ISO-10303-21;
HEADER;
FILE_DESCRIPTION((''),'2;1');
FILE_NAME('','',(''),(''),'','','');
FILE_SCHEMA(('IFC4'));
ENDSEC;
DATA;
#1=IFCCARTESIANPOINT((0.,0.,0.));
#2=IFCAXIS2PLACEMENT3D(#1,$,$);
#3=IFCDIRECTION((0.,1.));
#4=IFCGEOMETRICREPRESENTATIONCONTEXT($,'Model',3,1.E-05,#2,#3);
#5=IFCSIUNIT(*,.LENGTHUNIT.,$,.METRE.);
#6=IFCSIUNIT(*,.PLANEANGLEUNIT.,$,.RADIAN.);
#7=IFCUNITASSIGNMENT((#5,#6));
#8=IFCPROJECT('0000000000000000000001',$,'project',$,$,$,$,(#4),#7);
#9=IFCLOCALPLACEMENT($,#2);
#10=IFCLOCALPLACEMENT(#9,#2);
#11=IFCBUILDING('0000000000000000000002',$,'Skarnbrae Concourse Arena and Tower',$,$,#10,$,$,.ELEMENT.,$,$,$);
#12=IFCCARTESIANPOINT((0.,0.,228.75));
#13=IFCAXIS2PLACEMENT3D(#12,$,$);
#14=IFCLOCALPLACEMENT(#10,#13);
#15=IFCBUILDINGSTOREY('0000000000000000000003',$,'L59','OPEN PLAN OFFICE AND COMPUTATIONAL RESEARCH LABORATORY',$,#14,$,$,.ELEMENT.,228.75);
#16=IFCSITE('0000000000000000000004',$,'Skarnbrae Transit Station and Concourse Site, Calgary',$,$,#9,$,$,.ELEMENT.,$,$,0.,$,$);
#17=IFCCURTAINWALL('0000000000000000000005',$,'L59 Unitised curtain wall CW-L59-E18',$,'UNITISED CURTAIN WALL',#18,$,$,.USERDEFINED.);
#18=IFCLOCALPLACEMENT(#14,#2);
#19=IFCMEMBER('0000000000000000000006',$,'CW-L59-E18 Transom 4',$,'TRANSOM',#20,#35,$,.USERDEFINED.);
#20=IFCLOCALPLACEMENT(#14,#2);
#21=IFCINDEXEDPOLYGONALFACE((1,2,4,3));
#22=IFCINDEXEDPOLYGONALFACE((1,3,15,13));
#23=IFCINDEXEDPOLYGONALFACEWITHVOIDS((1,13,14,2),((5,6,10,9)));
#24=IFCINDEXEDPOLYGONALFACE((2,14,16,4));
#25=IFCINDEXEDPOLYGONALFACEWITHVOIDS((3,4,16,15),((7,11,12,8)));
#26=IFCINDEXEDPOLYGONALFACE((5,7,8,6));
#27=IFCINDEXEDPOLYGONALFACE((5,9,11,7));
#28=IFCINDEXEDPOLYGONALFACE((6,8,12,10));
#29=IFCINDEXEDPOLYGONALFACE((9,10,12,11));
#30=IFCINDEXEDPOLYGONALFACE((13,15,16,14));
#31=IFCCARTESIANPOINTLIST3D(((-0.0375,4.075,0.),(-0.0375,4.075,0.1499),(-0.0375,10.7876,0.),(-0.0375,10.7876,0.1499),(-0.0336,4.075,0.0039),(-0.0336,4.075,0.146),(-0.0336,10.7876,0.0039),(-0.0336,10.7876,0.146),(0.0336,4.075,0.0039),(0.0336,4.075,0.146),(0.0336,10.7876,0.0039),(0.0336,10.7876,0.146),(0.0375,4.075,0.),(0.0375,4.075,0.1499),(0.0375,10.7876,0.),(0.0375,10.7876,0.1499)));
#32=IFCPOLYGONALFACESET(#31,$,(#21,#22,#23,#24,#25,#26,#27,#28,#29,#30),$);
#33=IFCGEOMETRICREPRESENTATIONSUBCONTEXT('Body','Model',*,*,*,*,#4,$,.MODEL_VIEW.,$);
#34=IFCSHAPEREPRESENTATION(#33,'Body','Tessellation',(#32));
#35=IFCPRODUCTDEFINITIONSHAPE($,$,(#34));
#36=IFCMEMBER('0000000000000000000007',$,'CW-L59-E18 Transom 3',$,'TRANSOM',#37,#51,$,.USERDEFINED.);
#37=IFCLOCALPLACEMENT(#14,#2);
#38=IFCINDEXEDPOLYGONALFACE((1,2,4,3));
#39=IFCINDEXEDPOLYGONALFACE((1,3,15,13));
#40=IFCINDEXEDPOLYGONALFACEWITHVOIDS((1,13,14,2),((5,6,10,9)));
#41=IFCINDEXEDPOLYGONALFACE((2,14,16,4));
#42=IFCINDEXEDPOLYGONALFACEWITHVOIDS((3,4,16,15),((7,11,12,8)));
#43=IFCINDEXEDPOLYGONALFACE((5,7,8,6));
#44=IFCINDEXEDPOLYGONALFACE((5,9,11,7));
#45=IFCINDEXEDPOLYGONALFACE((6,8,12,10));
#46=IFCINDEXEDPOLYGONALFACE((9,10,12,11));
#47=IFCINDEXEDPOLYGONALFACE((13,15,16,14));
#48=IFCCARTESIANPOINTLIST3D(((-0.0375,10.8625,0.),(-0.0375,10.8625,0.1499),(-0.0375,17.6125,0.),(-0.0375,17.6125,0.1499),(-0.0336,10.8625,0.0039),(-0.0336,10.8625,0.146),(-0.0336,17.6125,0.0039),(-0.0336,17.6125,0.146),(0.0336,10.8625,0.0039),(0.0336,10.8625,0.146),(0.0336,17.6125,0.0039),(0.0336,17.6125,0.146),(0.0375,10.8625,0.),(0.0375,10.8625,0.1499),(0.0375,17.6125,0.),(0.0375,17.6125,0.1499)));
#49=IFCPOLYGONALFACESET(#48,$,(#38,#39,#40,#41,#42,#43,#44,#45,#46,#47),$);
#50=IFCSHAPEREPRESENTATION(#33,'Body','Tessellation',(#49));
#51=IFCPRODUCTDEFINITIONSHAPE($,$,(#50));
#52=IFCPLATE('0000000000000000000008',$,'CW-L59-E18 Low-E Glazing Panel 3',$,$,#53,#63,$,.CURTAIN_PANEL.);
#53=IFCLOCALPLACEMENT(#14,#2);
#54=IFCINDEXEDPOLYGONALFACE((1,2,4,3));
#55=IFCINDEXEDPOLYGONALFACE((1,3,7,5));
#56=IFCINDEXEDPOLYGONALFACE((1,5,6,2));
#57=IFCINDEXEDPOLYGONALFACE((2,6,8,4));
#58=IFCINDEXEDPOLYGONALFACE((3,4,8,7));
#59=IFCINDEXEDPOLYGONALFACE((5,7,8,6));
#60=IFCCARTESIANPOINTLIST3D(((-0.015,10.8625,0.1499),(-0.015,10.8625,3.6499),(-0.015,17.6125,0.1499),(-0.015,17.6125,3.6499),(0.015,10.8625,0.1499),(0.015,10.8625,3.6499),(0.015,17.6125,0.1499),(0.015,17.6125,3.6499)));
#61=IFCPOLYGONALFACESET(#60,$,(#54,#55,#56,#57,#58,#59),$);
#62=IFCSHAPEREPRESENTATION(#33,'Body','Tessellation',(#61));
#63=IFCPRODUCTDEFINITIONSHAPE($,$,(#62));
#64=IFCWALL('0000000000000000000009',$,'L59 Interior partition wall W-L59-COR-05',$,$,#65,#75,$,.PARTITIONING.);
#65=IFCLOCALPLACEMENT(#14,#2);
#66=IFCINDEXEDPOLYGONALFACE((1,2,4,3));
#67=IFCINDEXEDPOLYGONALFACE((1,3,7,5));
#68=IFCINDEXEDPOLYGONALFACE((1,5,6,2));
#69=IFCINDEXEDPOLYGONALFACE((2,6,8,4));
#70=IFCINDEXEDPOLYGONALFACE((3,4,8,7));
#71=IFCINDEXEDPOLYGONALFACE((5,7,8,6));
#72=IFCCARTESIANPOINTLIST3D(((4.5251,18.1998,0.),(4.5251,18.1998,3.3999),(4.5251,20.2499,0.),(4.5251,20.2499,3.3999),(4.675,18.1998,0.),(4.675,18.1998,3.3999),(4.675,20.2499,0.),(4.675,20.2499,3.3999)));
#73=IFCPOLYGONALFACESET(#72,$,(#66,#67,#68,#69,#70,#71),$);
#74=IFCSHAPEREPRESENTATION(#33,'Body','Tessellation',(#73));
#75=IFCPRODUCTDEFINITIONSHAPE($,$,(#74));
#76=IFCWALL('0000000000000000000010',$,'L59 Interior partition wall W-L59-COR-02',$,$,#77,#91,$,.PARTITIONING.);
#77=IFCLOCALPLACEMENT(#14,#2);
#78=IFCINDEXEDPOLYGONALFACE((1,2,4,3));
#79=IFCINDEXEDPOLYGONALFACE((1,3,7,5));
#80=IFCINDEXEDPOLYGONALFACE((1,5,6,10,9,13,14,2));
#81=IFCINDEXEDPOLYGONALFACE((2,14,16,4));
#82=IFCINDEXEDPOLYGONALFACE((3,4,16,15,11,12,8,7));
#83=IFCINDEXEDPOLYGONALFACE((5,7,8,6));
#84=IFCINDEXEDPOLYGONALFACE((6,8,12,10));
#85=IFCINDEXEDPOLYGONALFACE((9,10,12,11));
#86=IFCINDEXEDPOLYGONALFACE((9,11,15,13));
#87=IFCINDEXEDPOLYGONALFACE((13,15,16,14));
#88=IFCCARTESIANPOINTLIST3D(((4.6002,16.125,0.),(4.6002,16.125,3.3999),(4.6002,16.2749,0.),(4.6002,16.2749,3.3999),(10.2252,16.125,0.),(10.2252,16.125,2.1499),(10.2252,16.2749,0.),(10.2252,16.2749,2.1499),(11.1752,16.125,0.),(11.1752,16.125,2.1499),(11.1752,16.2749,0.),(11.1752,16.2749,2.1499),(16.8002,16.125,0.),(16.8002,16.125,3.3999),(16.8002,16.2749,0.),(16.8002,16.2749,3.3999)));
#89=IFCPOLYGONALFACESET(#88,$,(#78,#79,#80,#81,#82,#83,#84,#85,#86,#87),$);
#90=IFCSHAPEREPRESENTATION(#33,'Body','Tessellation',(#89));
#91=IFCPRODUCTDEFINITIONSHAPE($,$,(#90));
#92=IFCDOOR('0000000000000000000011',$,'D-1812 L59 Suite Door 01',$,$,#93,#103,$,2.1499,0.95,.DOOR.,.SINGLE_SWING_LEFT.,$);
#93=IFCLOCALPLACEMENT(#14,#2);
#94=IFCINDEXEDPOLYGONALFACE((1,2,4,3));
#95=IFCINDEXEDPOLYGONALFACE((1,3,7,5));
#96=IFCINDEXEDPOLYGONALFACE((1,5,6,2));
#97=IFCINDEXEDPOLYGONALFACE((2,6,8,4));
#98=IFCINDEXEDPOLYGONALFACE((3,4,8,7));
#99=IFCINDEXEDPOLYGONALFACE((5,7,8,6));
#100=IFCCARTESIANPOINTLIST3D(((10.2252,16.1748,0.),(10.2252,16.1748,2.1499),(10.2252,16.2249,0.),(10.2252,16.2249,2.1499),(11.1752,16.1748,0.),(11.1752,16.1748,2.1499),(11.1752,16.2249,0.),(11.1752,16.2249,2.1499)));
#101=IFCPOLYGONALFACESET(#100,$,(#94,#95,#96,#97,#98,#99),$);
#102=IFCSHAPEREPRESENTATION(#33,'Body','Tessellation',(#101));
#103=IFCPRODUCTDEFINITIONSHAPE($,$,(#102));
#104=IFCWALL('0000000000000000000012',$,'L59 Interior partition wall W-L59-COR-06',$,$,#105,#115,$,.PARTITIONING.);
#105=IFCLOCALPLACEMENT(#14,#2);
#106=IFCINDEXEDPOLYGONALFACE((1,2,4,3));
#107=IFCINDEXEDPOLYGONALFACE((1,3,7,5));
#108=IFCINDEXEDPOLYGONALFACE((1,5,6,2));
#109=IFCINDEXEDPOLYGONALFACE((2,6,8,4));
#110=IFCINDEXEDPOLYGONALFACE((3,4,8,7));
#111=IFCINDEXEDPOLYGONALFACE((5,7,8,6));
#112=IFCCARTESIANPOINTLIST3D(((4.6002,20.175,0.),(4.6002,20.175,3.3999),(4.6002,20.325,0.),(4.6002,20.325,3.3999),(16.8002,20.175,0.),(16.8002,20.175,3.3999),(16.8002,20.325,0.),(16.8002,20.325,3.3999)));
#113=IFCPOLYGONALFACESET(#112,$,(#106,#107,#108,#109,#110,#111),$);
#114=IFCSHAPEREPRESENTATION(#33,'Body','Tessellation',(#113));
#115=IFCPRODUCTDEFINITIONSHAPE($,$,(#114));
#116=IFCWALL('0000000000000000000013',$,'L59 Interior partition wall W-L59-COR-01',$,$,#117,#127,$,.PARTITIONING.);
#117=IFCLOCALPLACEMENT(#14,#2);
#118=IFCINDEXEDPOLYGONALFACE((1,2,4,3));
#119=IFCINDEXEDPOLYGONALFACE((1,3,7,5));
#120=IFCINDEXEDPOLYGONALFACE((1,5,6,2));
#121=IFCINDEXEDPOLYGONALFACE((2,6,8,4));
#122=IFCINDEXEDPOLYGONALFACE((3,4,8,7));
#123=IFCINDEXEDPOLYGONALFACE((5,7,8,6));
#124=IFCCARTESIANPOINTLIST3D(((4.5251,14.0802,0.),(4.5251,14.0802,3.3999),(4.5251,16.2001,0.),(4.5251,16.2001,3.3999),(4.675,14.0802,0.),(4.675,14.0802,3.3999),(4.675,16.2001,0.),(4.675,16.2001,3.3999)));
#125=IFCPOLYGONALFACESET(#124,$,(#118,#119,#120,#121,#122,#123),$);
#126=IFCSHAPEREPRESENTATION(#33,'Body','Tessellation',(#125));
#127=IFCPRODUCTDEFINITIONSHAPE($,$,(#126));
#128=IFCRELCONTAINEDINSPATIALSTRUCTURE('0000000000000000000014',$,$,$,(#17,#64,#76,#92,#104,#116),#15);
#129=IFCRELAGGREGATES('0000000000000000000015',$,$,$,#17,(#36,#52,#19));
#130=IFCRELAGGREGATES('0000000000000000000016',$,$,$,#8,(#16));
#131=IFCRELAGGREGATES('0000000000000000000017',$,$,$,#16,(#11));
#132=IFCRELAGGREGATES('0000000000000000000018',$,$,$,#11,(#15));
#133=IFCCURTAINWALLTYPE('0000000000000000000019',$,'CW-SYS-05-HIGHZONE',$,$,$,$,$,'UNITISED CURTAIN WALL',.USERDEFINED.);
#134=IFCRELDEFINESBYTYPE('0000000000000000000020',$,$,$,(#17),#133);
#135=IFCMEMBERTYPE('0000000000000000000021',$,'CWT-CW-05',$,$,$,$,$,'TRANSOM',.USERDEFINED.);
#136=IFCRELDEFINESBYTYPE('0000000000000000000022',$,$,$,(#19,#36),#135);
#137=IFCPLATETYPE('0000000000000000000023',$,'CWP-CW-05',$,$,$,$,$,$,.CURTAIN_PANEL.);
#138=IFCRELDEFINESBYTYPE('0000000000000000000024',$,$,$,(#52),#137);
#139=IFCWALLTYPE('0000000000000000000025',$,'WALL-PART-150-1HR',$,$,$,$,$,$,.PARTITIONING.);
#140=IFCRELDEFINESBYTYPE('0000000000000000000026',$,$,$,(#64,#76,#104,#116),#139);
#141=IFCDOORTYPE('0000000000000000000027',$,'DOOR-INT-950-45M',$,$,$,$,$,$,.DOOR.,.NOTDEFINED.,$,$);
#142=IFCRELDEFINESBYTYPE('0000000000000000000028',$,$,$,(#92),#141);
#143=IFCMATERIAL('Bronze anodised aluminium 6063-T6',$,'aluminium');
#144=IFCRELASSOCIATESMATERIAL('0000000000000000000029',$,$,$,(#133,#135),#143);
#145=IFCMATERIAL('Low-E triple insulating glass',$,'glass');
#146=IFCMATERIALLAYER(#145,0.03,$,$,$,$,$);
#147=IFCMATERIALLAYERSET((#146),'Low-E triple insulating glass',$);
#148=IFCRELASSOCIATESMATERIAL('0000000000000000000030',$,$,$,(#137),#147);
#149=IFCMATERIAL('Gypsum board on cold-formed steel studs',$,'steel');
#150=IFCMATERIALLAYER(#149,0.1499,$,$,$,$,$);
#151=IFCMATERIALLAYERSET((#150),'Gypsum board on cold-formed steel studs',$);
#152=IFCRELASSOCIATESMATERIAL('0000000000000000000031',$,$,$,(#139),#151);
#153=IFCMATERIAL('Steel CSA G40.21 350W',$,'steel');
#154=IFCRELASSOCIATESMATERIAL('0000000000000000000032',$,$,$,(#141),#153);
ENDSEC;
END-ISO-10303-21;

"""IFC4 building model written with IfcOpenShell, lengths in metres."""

from ifc_helpers import new_model, si_unit, direction, frame, frame_2d, origin, origin_2d, place, context, subcontext, project, spatial, rectangle, hollow_rectangle, extrude, source, transform, mapped, material, layer, layer_set, material_profile, profile_set, type_object, element, fill, aggregate, save


model = new_model("IFC4")

# Units and contexts
model_context = context("Model", 3, precision=1e-05, world=origin(), true_north=direction((0.0, 1.0)))
body_context = subcontext(model_context, "Body", "Model", "MODEL_VIEW")
ifc_project = project(units=[si_unit("LENGTHUNIT", "METRE"), si_unit("PLANEANGLEUNIT", "RADIAN")], contexts=[model_context])

# Site, building, storey
site_placement = place(None, origin())
site = spatial("IfcSite", under=ifc_project, at=site_placement, Name="Skarnbrae Transit Station and Concourse Site, Calgary", CompositionType="ELEMENT", RefElevation=0.0)
building_placement = place(site_placement, origin())
building = spatial("IfcBuilding", under=site, at=building_placement, Name="Skarnbrae Concourse Arena and Tower", CompositionType="ELEMENT")
storey_placement = place(building_placement, frame((0.0, 0.0, 228.75)))
storey = spatial("IfcBuildingStorey", under=building, at=storey_placement, Name="L59", Description="OPEN PLAN OFFICE AND COMPUTATIONAL RESEARCH LABORATORY", CompositionType="ELEMENT", Elevation=228.75)

# Shared definitions
ifc_material_1 = material(Name="Steel CSA G40.21 350W", Category="steel")

# Curtain wall, members, plate
ifc_material_2 = material(Name="Bronze anodised aluminium 6063-T6", Category="aluminium")
curtain_wall_type = type_object("IfcCurtainWallType", Name="CW-SYS-05-HIGHZONE", ElementType="UNITISED CURTAIN WALL", PredefinedType="USERDEFINED", material=ifc_material_2)
curtain_wall_placement = place(storey_placement, origin())
curtain_wall = element("IfcCurtainWall", 1, at=curtain_wall_placement, inside=storey, type_object=curtain_wall_type, Name="L59 Unitised curtain wall CW-L59-E18", ObjectType="UNITISED CURTAIN WALL", PredefinedType="USERDEFINED")
ifc_material_profile_1 = material_profile(ifc_material_2, hollow_rectangle(XDim=0.075, YDim=0.1499, WallThickness=0.0039, at=origin_2d()), Name="ALU-TRAN-75X150")
ifc_profile_set_1 = profile_set([ifc_material_profile_1], Name="Bronze anodised aluminium 6063-T6")
member_type_1 = type_object("IfcMemberType", Name="CWT-CW-05", ElementType="TRANSOM", PredefinedType="USERDEFINED", material=ifc_profile_set_1)
shared_shape_1 = source(origin(), body_context, "Body", "SweptSolid", [
    extrude(hollow_rectangle(XDim=0.075, YDim=0.1499, WallThickness=0.0039, at=origin_2d()), origin(), (0.0, 0.0, 1.0), 6.7126),
])
member_1_placement = place(storey_placement, frame((0.0, 10.7876, 0.075), z_axis=(0.0, -1.0, 0.0), x_axis=(1.0, 0.0, 0.0)))
member_1 = element("IfcMember", 2, at=member_1_placement, type_object=member_type_1, Name="CW-L59-E18 Transom 4", ObjectType="TRANSOM", PredefinedType="USERDEFINED", context=body_context, shape_type="MappedRepresentation", body=[
    mapped(shared_shape_1, transform((0.0, 0.0, 0.0))),
])
shared_shape_2 = source(origin(), body_context, "Body", "SweptSolid", [
    extrude(hollow_rectangle(XDim=0.075, YDim=0.1499, WallThickness=0.0039, at=origin_2d()), origin(), (0.0, 0.0, 1.0), 6.75),
])
member_2_placement = place(storey_placement, frame((0.0, 17.6125, 0.075), z_axis=(0.0, -1.0, 0.0), x_axis=(1.0, 0.0, 0.0)))
member_2 = element("IfcMember", 3, at=member_2_placement, type_object=member_type_1, Name="CW-L59-E18 Transom 3", ObjectType="TRANSOM", PredefinedType="USERDEFINED", context=body_context, shape_type="MappedRepresentation", body=[
    mapped(shared_shape_2, transform((0.0, 0.0, 0.0))),
])
ifc_material_3 = material(Name="Low-E triple insulating glass", Category="glass")
ifc_layer_1 = layer(ifc_material_3, 0.03)
ifc_layer_set_1 = layer_set([ifc_layer_1], Name="Low-E triple insulating glass")
plate_type = type_object("IfcPlateType", Name="CWP-CW-05", PredefinedType="CURTAIN_PANEL", material=ifc_layer_set_1)
shared_shape_3 = source(origin(), body_context, "Body", "SweptSolid", [
    extrude(rectangle(XDim=6.75, YDim=0.03, at=origin_2d()), origin(), (0.0, 0.0, 1.0), 3.5),
])
plate_placement = place(storey_placement, frame((0.0, 14.2375, 0.1499), z_axis=(0.0, 0.0, 1.0), x_axis=(0.0, -1.0, 0.0)))
plate = element("IfcPlate", 4, at=plate_placement, type_object=plate_type, Name="CW-L59-E18 Low-E Glazing Panel 3", PredefinedType="CURTAIN_PANEL", context=body_context, shape_type="MappedRepresentation", body=[
    mapped(shared_shape_3, transform((0.0, 0.0, 0.0))),
])
aggregate(curtain_wall, [member_2, plate, member_1])

# Wall
ifc_material_4 = material(Name="Gypsum board on cold-formed steel studs", Category="steel")
ifc_layer_2 = layer(ifc_material_4, 0.1499)
ifc_layer_set_2 = layer_set([ifc_layer_2], Name="Gypsum board on cold-formed steel studs")
wall_type_1 = type_object("IfcWallType", Name="WALL-PART-150-1HR", PredefinedType="PARTITIONING", material=ifc_layer_set_2)
shared_shape_4 = source(origin(), body_context, "Body", "SweptSolid", [
    extrude(rectangle(XDim=2.05, YDim=0.1499, at=frame_2d((1.0249, 0.0))), origin(), (0.0, 0.0, 1.0), 3.3999),
])
wall_1_placement = place(storey_placement, frame((4.6001, 18.2, 0.0), z_axis=(0.0, 0.0, 1.0), x_axis=(0.0, 1.0, 0.0)))
element("IfcWall", 5, at=wall_1_placement, inside=storey, type_object=wall_type_1, Name="L59 Interior partition wall W-L59-COR-05", PredefinedType="PARTITIONING", context=body_context, shape_type="MappedRepresentation", body=[
    mapped(shared_shape_4, transform((0.0, 0.0, 0.0))),
])

# Wall, opening, door
shared_shape_5 = source(origin(), body_context, "Body", "SweptSolid", [
    extrude(rectangle(XDim=12.2, YDim=0.1499, at=frame_2d((6.1001, 0.0))), origin(), (0.0, 0.0, 1.0), 3.3999),
])
wall_2_placement = place(storey_placement, frame((4.6001, 16.2, 0.0), z_axis=(0.0, 0.0, 1.0), x_axis=(1.0, 0.0, 0.0)))
wall_2 = element("IfcWall", 6, at=wall_2_placement, inside=storey, type_object=wall_type_1, Name="L59 Interior partition wall W-L59-COR-02", PredefinedType="PARTITIONING", context=body_context, shape_type="MappedRepresentation", body=[
    mapped(shared_shape_5, transform((0.0, 0.0, 0.0))),
])
opening_1_placement = place(wall_2_placement, frame((5.625, 0.0, 0.0)))
opening_1 = element("IfcOpeningElement", 7, at=opening_1_placement, cuts=wall_2, PredefinedType="OPENING", context=body_context, shape_type="SweptSolid", body=[
    extrude(rectangle(XDim=0.95, YDim=2.1499, at=frame_2d((0.4751, 1.075))), frame((0.0, 0.085, 0.0), z_axis=(0.0, -1.0, 0.0), x_axis=(1.0, 0.0, 0.0)), (0.0, 0.0, 1.0), 0.1699),
])
door_type_1 = type_object("IfcDoorType", Name="DOOR-INT-950-45M", OperationType="NOTDEFINED", PredefinedType="DOOR", material=ifc_material_1)
shared_shape_6 = source(origin(), body_context, "Body", "SweptSolid", [
    extrude(rectangle(XDim=0.95, YDim=2.1499, at=frame_2d((0.4751, 1.075))), frame((0.0, 0.0249, 0.0), z_axis=(0.0, -1.0, 0.0), x_axis=(1.0, 0.0, 0.0)), (0.0, 0.0, 1.0), 0.05),
])
door_1_placement = place(opening_1_placement, origin())
door_1 = element("IfcDoor", 8, at=door_1_placement, inside=storey, type_object=door_type_1, Name="D-1812 L59 Suite Door 01", OperationType="SINGLE_SWING_LEFT", OverallHeight=2.1499, OverallWidth=0.95, PredefinedType="DOOR", context=body_context, shape_type="MappedRepresentation", body=[
    mapped(shared_shape_6, transform((0.0, 0.0, 0.0))),
])
fill(opening_1, door_1)

# Walls
wall_3_placement = place(storey_placement, frame((4.6001, 20.25, 0.0), z_axis=(0.0, 0.0, 1.0), x_axis=(1.0, 0.0, 0.0)))
element("IfcWall", 9, at=wall_3_placement, inside=storey, type_object=wall_type_1, Name="L59 Interior partition wall W-L59-COR-06", PredefinedType="PARTITIONING", context=body_context, shape_type="MappedRepresentation", body=[
    mapped(shared_shape_5, transform((0.0, 0.0, 0.0))),
])
shared_shape_7 = source(origin(), body_context, "Body", "SweptSolid", [
    extrude(rectangle(XDim=2.1199, YDim=0.1499, at=frame_2d((1.0601, 0.0))), origin(), (0.0, 0.0, 1.0), 3.3999),
])
wall_4_placement = place(storey_placement, frame((4.6001, 14.0801, 0.0), z_axis=(0.0, 0.0, 1.0), x_axis=(0.0, 1.0, 0.0)))
element("IfcWall", 10, at=wall_4_placement, inside=storey, type_object=wall_type_1, Name="L59 Interior partition wall W-L59-COR-01", PredefinedType="PARTITIONING", context=body_context, shape_type="MappedRepresentation", body=[
    mapped(shared_shape_7, transform((0.0, 0.0, 0.0))),
])

save(model, "model.ifc")
